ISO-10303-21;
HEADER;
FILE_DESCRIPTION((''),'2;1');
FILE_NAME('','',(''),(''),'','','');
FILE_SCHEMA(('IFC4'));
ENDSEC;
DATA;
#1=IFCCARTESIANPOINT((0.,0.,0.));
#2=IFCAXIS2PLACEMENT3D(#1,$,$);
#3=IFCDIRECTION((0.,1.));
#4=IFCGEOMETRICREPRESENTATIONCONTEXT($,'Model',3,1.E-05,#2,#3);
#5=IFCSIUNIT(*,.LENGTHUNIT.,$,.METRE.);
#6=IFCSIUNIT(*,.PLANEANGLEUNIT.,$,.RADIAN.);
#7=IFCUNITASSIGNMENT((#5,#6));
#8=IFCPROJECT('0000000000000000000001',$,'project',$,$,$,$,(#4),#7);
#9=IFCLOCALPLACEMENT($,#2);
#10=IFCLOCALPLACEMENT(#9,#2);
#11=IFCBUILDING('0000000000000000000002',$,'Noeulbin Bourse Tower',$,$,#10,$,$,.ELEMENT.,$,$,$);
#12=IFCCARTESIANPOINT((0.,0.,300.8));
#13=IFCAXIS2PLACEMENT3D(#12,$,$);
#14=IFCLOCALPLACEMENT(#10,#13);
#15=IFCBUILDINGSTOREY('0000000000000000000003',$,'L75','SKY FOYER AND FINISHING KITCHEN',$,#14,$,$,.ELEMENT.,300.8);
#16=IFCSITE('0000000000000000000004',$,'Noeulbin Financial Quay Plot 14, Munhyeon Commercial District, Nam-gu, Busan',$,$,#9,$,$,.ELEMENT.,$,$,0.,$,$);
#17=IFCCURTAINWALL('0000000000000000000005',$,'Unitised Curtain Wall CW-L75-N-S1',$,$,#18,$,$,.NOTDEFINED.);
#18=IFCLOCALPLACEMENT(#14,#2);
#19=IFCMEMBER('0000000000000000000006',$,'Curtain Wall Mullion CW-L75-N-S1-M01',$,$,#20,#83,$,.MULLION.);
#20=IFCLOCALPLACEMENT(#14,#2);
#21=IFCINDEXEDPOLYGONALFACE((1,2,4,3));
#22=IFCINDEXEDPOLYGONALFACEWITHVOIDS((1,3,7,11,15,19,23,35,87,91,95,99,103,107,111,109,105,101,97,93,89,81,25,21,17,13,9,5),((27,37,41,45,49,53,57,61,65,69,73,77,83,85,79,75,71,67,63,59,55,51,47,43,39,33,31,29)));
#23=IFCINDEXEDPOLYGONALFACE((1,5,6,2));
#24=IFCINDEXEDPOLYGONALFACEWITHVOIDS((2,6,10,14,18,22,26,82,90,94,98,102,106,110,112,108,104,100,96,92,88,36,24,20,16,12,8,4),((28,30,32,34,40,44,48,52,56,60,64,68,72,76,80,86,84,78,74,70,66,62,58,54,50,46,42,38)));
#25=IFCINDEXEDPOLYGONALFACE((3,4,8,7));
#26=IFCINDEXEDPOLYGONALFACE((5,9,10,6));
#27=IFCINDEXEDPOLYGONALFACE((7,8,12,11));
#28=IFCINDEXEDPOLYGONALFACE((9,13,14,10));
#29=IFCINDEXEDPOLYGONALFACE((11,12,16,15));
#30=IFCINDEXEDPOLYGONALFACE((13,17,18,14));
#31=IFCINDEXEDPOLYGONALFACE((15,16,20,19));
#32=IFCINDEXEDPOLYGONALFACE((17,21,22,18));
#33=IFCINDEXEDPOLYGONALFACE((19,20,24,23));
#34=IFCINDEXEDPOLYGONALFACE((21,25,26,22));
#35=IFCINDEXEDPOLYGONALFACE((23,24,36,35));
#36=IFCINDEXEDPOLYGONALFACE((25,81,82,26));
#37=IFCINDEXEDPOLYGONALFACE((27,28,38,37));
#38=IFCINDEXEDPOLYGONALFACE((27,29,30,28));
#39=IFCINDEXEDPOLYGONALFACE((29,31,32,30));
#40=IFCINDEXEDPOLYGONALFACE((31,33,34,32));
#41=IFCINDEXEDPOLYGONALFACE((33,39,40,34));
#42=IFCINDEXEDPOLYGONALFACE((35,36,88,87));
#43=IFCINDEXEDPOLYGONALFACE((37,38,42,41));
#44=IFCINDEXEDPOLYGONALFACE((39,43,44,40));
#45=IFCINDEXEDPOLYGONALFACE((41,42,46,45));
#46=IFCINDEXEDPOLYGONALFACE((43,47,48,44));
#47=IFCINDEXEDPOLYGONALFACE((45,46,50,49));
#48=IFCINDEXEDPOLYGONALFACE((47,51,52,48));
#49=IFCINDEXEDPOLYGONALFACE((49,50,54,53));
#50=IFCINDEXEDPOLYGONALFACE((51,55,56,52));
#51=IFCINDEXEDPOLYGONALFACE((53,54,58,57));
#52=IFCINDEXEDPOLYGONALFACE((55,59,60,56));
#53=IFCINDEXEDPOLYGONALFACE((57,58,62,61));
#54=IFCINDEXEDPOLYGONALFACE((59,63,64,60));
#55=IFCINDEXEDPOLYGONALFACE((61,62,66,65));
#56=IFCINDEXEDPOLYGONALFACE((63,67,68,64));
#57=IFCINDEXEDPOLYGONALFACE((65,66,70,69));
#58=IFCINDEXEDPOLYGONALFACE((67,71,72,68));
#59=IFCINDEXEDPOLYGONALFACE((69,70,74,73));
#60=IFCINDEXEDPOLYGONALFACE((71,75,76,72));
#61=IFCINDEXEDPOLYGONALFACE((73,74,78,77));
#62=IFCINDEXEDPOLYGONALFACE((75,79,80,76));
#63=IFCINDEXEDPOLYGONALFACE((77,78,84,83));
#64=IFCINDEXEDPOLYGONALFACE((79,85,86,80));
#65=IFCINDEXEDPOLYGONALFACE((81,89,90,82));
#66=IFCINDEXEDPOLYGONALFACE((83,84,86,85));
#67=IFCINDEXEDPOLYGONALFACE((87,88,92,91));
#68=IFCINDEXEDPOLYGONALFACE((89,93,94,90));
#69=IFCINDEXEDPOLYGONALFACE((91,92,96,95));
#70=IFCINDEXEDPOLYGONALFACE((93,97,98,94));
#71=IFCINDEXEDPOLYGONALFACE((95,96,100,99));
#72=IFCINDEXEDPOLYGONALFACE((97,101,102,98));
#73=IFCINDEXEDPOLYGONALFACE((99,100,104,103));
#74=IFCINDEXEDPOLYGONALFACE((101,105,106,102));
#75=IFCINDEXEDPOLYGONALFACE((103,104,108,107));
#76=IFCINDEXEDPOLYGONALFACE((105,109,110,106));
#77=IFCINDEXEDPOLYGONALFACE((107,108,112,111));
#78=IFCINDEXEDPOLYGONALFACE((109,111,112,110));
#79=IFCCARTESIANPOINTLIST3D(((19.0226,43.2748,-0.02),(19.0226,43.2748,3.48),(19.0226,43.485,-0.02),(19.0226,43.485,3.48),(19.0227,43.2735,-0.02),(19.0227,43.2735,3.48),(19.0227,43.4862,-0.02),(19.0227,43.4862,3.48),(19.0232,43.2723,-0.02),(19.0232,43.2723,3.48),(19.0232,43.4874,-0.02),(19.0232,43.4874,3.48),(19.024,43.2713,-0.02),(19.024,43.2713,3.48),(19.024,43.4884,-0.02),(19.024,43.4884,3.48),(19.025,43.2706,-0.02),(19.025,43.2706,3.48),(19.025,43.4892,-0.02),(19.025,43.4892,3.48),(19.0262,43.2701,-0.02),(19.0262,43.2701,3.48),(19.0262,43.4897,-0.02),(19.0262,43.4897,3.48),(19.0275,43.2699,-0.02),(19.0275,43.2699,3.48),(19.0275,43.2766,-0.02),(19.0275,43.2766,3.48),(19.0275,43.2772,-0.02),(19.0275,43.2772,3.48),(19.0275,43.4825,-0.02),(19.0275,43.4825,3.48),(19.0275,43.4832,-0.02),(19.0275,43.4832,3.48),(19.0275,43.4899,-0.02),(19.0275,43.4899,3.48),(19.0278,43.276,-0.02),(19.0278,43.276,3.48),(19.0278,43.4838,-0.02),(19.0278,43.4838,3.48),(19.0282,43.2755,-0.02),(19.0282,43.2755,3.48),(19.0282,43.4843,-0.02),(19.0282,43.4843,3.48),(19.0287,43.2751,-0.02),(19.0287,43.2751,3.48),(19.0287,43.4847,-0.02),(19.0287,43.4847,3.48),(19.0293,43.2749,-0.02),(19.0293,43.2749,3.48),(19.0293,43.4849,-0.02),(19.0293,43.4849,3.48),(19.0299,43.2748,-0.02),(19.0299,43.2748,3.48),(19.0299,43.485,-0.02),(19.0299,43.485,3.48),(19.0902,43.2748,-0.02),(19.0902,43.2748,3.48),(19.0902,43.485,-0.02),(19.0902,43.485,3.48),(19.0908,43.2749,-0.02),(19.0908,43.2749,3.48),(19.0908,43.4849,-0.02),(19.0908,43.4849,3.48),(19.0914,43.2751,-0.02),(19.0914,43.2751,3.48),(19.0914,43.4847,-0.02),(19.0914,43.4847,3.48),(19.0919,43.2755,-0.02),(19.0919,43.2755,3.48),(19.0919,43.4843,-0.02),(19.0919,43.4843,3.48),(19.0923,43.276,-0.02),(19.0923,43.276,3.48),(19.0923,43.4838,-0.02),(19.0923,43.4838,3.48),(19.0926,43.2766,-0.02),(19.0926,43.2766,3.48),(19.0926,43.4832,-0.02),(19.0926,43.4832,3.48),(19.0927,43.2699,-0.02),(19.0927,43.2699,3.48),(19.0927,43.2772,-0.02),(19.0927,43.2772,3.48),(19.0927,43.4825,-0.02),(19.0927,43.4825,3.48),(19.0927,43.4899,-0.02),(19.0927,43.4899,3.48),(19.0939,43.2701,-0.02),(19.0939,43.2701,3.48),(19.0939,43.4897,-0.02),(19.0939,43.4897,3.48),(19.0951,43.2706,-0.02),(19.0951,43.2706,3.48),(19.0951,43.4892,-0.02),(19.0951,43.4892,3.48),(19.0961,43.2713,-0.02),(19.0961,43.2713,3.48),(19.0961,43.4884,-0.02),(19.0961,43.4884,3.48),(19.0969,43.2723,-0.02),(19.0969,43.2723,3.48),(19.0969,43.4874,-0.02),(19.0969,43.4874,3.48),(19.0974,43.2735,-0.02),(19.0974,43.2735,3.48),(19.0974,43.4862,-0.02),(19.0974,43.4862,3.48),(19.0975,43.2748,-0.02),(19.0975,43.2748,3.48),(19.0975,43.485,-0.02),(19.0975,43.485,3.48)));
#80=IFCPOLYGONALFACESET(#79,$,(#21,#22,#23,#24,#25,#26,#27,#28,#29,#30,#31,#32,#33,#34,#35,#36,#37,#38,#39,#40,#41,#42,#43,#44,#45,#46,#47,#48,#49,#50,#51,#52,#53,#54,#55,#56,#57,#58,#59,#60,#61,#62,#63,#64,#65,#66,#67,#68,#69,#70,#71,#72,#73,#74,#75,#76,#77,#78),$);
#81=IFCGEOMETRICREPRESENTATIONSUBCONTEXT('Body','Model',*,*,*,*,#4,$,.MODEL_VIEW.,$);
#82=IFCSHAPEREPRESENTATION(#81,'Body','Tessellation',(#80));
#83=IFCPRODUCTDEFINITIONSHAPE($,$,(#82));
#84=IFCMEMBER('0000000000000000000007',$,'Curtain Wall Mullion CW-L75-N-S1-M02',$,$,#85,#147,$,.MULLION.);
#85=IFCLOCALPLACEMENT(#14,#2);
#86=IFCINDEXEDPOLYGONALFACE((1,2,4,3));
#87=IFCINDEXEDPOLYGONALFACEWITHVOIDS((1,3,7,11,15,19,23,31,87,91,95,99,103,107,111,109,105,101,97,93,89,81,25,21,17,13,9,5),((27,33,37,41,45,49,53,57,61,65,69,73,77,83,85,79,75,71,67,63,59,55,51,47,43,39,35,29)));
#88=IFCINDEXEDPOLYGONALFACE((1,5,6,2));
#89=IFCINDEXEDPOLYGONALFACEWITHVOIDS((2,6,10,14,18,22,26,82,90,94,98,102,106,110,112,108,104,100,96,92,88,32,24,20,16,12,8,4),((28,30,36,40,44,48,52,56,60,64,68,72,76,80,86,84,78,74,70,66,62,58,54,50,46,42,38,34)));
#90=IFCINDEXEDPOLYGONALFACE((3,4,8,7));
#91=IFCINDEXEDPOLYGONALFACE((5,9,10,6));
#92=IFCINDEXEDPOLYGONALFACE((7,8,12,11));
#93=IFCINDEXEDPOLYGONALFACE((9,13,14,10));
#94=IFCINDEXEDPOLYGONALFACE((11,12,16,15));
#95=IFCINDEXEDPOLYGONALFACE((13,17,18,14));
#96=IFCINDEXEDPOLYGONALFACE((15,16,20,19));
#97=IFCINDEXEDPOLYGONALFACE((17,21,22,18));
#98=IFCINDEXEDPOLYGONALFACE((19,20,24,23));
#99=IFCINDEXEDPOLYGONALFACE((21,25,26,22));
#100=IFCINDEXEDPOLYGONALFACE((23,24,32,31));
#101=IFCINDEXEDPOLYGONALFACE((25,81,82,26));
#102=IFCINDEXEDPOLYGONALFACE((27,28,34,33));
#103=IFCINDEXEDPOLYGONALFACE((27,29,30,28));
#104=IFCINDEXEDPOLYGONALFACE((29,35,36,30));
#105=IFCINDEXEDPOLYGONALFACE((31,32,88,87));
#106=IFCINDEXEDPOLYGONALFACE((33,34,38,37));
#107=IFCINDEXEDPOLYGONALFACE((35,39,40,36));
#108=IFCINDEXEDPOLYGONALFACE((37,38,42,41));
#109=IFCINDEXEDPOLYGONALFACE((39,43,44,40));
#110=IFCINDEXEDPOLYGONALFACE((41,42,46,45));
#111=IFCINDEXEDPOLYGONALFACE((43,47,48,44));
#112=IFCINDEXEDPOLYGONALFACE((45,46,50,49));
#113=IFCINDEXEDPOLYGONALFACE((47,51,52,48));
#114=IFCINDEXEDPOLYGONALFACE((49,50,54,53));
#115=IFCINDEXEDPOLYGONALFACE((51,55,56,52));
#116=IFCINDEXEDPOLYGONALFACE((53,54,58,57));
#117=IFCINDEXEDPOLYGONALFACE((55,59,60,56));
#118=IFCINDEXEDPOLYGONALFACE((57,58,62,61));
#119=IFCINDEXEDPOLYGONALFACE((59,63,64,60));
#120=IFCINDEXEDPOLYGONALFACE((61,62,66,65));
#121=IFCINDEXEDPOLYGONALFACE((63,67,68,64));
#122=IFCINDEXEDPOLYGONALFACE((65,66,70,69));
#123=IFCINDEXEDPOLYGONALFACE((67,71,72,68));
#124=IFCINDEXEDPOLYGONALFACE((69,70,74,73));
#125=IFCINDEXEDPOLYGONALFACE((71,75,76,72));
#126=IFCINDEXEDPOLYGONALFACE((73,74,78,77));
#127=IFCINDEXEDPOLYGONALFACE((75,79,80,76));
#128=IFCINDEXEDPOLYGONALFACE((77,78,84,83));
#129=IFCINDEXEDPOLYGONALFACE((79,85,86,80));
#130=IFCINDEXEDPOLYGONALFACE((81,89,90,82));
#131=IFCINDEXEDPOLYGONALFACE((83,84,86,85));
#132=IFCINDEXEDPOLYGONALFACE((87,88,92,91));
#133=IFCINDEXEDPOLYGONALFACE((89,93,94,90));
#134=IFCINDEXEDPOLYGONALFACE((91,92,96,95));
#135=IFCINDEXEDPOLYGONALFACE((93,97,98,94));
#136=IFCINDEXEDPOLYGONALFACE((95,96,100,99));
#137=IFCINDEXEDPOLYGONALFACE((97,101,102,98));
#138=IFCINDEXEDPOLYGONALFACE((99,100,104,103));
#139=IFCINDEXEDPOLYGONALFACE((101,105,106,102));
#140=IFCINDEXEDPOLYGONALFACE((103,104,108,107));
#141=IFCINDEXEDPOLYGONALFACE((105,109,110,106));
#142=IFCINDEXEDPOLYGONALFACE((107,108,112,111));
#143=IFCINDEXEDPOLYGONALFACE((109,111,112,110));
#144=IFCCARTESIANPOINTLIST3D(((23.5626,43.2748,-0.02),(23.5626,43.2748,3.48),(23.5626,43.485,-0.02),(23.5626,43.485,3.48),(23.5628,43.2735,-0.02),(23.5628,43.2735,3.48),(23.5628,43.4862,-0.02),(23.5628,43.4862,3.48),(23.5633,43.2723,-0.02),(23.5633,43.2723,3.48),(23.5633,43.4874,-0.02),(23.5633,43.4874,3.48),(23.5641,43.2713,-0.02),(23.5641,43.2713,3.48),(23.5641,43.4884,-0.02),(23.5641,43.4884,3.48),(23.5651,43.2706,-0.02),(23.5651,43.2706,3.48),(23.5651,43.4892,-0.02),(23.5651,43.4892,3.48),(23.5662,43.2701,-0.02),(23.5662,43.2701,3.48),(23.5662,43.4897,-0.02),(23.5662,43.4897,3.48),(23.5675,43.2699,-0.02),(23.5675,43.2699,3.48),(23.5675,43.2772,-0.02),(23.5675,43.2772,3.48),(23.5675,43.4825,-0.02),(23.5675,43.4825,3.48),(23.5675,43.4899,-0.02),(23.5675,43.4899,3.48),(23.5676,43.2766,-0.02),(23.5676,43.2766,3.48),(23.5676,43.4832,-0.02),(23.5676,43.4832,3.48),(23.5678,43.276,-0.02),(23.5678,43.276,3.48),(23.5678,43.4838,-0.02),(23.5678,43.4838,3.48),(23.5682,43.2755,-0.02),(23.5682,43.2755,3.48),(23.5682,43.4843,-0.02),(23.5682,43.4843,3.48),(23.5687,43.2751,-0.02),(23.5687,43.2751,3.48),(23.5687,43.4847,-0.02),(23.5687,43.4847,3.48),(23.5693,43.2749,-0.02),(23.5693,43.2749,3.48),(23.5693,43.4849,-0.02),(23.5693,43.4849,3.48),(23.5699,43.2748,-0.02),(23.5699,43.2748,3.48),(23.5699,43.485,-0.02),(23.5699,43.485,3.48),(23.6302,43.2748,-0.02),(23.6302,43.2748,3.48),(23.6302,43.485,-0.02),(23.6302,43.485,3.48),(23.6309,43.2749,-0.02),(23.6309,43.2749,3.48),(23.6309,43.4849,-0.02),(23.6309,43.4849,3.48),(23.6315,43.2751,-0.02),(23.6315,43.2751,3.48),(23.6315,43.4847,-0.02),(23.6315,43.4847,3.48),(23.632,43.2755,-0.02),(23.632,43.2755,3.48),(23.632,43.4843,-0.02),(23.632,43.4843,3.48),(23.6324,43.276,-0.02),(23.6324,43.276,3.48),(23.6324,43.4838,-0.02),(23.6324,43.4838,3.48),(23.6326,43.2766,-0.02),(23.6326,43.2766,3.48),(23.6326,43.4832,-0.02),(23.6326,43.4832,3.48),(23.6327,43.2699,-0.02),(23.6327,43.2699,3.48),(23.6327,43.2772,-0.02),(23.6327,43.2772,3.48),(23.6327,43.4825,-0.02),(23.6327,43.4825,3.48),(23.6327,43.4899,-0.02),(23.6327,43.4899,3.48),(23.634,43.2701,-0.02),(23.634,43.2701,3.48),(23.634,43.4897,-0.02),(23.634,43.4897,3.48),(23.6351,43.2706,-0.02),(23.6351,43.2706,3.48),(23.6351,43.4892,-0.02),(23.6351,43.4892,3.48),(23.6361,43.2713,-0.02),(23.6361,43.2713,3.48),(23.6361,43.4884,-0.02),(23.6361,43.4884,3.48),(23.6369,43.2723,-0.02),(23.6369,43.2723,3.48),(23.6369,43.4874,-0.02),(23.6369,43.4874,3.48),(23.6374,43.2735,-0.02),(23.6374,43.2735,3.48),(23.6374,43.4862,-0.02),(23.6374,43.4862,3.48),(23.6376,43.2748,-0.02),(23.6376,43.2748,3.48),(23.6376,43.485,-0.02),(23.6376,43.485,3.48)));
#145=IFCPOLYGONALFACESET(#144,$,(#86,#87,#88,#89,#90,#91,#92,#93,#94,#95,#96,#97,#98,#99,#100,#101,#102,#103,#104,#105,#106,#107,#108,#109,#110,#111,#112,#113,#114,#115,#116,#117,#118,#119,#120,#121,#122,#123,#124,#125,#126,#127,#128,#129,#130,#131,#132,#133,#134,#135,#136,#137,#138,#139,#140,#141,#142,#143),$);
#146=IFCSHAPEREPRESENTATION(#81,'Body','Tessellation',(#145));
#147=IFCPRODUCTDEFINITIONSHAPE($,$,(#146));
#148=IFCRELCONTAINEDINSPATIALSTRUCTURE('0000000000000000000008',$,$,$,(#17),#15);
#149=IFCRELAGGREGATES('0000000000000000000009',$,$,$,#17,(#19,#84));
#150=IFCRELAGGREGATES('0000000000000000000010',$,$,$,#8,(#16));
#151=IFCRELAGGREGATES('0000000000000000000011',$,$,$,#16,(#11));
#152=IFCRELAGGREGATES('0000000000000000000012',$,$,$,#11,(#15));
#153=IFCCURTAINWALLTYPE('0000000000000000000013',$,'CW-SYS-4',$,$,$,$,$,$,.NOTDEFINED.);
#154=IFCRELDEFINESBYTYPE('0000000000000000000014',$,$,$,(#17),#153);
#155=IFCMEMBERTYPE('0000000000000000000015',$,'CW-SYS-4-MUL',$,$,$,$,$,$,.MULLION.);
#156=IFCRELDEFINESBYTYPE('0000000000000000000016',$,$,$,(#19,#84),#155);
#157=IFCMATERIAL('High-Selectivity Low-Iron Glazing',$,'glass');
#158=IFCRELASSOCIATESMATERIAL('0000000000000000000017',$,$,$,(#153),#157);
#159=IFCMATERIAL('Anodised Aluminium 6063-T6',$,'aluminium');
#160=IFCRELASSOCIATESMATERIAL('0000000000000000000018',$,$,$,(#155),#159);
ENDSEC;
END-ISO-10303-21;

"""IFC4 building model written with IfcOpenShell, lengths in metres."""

from ifc_helpers import new_model, si_unit, direction, frame, origin, origin_2d, place, context, subcontext, project, spatial, hollow_rectangle, extrude, material, material_profile, profile_set, type_object, element, aggregate, save


model = new_model("IFC4")

# Units and contexts
model_context = context("Model", 3, precision=1e-05, world=origin(), true_north=direction((0.0, 1.0)))
body_context = subcontext(model_context, "Body", "Model", "MODEL_VIEW")
ifc_project = project(units=[si_unit("LENGTHUNIT", "METRE"), si_unit("PLANEANGLEUNIT", "RADIAN")], contexts=[model_context])

# Site, building, storey
site_placement = place(None, origin())
site = spatial("IfcSite", under=ifc_project, at=site_placement, Name="Noeulbin Financial Quay Plot 14, Munhyeon Commercial District, Nam-gu, Busan", CompositionType="ELEMENT", RefElevation=0.0)
building_placement = place(site_placement, origin())
building = spatial("IfcBuilding", under=site, at=building_placement, Name="Noeulbin Bourse Tower", CompositionType="ELEMENT")
storey_placement = place(building_placement, frame((0.0, 0.0, 300.8)))
storey = spatial("IfcBuildingStorey", under=building, at=storey_placement, Name="L75", Description="SKY FOYER AND FINISHING KITCHEN", CompositionType="ELEMENT", Elevation=300.8)

# Curtain wall, members
ifc_material_1 = material(Name="High-Selectivity Low-Iron Glazing", Category="glass")
curtain_wall_type = type_object("IfcCurtainWallType", Name="CW-SYS-4", PredefinedType="NOTDEFINED", material=ifc_material_1)
curtain_wall_1_placement = place(storey_placement, origin())
curtain_wall_1 = element("IfcCurtainWall", 1, at=curtain_wall_1_placement, inside=storey, type_object=curtain_wall_type, Name="Unitised Curtain Wall CW-L75-N-S1", PredefinedType="NOTDEFINED")
ifc_material_2 = material(Name="Anodised Aluminium 6063-T6", Category="aluminium")
ifc_material_profile_1 = material_profile(ifc_material_2, hollow_rectangle(XDim=0.075, YDim=0.22, WallThickness=0.0049, InnerFilletRadius=0.0024, OuterFilletRadius=0.0049, at=origin_2d()), Name="ALU-MULL-75x220x5", Category="LoadBearing")
ifc_profile_set_1 = profile_set([ifc_material_profile_1], Name="Anodised Aluminium 6063-T6")
member_type_1 = type_object("IfcMemberType", Name="CW-SYS-4-MUL", PredefinedType="MULLION", material=ifc_profile_set_1)
member_1_placement = place(storey_placement, frame((19.0601, 43.3799, -0.02), z_axis=(0.0, 0.0, 1.0), x_axis=(1.0, 0.0, 0.0)))
member_1 = element("IfcMember", 2, at=member_1_placement, type_object=member_type_1, Name="Curtain Wall Mullion CW-L75-N-S1-M01", PredefinedType="MULLION", context=body_context, shape_type="SweptSolid", body=[
    extrude(hollow_rectangle(XDim=0.075, YDim=0.22, WallThickness=0.0049, InnerFilletRadius=0.0024, OuterFilletRadius=0.0049, at=origin_2d()), origin(), (0.0, 0.0, 1.0), 3.5),
])
member_2_placement = place(storey_placement, frame((23.6001, 43.3799, -0.02), z_axis=(0.0, 0.0, 1.0), x_axis=(1.0, 0.0, 0.0)))
member_2 = element("IfcMember", 3, at=member_2_placement, type_object=member_type_1, Name="Curtain Wall Mullion CW-L75-N-S1-M02", PredefinedType="MULLION", context=body_context, shape_type="SweptSolid", body=[
    extrude(hollow_rectangle(XDim=0.075, YDim=0.22, WallThickness=0.0049, InnerFilletRadius=0.0024, OuterFilletRadius=0.0049, at=origin_2d()), origin(), (0.0, 0.0, 1.0), 3.5),
])

aggregate(curtain_wall_1, [member_1, member_2])

save(model, "model.ifc")
